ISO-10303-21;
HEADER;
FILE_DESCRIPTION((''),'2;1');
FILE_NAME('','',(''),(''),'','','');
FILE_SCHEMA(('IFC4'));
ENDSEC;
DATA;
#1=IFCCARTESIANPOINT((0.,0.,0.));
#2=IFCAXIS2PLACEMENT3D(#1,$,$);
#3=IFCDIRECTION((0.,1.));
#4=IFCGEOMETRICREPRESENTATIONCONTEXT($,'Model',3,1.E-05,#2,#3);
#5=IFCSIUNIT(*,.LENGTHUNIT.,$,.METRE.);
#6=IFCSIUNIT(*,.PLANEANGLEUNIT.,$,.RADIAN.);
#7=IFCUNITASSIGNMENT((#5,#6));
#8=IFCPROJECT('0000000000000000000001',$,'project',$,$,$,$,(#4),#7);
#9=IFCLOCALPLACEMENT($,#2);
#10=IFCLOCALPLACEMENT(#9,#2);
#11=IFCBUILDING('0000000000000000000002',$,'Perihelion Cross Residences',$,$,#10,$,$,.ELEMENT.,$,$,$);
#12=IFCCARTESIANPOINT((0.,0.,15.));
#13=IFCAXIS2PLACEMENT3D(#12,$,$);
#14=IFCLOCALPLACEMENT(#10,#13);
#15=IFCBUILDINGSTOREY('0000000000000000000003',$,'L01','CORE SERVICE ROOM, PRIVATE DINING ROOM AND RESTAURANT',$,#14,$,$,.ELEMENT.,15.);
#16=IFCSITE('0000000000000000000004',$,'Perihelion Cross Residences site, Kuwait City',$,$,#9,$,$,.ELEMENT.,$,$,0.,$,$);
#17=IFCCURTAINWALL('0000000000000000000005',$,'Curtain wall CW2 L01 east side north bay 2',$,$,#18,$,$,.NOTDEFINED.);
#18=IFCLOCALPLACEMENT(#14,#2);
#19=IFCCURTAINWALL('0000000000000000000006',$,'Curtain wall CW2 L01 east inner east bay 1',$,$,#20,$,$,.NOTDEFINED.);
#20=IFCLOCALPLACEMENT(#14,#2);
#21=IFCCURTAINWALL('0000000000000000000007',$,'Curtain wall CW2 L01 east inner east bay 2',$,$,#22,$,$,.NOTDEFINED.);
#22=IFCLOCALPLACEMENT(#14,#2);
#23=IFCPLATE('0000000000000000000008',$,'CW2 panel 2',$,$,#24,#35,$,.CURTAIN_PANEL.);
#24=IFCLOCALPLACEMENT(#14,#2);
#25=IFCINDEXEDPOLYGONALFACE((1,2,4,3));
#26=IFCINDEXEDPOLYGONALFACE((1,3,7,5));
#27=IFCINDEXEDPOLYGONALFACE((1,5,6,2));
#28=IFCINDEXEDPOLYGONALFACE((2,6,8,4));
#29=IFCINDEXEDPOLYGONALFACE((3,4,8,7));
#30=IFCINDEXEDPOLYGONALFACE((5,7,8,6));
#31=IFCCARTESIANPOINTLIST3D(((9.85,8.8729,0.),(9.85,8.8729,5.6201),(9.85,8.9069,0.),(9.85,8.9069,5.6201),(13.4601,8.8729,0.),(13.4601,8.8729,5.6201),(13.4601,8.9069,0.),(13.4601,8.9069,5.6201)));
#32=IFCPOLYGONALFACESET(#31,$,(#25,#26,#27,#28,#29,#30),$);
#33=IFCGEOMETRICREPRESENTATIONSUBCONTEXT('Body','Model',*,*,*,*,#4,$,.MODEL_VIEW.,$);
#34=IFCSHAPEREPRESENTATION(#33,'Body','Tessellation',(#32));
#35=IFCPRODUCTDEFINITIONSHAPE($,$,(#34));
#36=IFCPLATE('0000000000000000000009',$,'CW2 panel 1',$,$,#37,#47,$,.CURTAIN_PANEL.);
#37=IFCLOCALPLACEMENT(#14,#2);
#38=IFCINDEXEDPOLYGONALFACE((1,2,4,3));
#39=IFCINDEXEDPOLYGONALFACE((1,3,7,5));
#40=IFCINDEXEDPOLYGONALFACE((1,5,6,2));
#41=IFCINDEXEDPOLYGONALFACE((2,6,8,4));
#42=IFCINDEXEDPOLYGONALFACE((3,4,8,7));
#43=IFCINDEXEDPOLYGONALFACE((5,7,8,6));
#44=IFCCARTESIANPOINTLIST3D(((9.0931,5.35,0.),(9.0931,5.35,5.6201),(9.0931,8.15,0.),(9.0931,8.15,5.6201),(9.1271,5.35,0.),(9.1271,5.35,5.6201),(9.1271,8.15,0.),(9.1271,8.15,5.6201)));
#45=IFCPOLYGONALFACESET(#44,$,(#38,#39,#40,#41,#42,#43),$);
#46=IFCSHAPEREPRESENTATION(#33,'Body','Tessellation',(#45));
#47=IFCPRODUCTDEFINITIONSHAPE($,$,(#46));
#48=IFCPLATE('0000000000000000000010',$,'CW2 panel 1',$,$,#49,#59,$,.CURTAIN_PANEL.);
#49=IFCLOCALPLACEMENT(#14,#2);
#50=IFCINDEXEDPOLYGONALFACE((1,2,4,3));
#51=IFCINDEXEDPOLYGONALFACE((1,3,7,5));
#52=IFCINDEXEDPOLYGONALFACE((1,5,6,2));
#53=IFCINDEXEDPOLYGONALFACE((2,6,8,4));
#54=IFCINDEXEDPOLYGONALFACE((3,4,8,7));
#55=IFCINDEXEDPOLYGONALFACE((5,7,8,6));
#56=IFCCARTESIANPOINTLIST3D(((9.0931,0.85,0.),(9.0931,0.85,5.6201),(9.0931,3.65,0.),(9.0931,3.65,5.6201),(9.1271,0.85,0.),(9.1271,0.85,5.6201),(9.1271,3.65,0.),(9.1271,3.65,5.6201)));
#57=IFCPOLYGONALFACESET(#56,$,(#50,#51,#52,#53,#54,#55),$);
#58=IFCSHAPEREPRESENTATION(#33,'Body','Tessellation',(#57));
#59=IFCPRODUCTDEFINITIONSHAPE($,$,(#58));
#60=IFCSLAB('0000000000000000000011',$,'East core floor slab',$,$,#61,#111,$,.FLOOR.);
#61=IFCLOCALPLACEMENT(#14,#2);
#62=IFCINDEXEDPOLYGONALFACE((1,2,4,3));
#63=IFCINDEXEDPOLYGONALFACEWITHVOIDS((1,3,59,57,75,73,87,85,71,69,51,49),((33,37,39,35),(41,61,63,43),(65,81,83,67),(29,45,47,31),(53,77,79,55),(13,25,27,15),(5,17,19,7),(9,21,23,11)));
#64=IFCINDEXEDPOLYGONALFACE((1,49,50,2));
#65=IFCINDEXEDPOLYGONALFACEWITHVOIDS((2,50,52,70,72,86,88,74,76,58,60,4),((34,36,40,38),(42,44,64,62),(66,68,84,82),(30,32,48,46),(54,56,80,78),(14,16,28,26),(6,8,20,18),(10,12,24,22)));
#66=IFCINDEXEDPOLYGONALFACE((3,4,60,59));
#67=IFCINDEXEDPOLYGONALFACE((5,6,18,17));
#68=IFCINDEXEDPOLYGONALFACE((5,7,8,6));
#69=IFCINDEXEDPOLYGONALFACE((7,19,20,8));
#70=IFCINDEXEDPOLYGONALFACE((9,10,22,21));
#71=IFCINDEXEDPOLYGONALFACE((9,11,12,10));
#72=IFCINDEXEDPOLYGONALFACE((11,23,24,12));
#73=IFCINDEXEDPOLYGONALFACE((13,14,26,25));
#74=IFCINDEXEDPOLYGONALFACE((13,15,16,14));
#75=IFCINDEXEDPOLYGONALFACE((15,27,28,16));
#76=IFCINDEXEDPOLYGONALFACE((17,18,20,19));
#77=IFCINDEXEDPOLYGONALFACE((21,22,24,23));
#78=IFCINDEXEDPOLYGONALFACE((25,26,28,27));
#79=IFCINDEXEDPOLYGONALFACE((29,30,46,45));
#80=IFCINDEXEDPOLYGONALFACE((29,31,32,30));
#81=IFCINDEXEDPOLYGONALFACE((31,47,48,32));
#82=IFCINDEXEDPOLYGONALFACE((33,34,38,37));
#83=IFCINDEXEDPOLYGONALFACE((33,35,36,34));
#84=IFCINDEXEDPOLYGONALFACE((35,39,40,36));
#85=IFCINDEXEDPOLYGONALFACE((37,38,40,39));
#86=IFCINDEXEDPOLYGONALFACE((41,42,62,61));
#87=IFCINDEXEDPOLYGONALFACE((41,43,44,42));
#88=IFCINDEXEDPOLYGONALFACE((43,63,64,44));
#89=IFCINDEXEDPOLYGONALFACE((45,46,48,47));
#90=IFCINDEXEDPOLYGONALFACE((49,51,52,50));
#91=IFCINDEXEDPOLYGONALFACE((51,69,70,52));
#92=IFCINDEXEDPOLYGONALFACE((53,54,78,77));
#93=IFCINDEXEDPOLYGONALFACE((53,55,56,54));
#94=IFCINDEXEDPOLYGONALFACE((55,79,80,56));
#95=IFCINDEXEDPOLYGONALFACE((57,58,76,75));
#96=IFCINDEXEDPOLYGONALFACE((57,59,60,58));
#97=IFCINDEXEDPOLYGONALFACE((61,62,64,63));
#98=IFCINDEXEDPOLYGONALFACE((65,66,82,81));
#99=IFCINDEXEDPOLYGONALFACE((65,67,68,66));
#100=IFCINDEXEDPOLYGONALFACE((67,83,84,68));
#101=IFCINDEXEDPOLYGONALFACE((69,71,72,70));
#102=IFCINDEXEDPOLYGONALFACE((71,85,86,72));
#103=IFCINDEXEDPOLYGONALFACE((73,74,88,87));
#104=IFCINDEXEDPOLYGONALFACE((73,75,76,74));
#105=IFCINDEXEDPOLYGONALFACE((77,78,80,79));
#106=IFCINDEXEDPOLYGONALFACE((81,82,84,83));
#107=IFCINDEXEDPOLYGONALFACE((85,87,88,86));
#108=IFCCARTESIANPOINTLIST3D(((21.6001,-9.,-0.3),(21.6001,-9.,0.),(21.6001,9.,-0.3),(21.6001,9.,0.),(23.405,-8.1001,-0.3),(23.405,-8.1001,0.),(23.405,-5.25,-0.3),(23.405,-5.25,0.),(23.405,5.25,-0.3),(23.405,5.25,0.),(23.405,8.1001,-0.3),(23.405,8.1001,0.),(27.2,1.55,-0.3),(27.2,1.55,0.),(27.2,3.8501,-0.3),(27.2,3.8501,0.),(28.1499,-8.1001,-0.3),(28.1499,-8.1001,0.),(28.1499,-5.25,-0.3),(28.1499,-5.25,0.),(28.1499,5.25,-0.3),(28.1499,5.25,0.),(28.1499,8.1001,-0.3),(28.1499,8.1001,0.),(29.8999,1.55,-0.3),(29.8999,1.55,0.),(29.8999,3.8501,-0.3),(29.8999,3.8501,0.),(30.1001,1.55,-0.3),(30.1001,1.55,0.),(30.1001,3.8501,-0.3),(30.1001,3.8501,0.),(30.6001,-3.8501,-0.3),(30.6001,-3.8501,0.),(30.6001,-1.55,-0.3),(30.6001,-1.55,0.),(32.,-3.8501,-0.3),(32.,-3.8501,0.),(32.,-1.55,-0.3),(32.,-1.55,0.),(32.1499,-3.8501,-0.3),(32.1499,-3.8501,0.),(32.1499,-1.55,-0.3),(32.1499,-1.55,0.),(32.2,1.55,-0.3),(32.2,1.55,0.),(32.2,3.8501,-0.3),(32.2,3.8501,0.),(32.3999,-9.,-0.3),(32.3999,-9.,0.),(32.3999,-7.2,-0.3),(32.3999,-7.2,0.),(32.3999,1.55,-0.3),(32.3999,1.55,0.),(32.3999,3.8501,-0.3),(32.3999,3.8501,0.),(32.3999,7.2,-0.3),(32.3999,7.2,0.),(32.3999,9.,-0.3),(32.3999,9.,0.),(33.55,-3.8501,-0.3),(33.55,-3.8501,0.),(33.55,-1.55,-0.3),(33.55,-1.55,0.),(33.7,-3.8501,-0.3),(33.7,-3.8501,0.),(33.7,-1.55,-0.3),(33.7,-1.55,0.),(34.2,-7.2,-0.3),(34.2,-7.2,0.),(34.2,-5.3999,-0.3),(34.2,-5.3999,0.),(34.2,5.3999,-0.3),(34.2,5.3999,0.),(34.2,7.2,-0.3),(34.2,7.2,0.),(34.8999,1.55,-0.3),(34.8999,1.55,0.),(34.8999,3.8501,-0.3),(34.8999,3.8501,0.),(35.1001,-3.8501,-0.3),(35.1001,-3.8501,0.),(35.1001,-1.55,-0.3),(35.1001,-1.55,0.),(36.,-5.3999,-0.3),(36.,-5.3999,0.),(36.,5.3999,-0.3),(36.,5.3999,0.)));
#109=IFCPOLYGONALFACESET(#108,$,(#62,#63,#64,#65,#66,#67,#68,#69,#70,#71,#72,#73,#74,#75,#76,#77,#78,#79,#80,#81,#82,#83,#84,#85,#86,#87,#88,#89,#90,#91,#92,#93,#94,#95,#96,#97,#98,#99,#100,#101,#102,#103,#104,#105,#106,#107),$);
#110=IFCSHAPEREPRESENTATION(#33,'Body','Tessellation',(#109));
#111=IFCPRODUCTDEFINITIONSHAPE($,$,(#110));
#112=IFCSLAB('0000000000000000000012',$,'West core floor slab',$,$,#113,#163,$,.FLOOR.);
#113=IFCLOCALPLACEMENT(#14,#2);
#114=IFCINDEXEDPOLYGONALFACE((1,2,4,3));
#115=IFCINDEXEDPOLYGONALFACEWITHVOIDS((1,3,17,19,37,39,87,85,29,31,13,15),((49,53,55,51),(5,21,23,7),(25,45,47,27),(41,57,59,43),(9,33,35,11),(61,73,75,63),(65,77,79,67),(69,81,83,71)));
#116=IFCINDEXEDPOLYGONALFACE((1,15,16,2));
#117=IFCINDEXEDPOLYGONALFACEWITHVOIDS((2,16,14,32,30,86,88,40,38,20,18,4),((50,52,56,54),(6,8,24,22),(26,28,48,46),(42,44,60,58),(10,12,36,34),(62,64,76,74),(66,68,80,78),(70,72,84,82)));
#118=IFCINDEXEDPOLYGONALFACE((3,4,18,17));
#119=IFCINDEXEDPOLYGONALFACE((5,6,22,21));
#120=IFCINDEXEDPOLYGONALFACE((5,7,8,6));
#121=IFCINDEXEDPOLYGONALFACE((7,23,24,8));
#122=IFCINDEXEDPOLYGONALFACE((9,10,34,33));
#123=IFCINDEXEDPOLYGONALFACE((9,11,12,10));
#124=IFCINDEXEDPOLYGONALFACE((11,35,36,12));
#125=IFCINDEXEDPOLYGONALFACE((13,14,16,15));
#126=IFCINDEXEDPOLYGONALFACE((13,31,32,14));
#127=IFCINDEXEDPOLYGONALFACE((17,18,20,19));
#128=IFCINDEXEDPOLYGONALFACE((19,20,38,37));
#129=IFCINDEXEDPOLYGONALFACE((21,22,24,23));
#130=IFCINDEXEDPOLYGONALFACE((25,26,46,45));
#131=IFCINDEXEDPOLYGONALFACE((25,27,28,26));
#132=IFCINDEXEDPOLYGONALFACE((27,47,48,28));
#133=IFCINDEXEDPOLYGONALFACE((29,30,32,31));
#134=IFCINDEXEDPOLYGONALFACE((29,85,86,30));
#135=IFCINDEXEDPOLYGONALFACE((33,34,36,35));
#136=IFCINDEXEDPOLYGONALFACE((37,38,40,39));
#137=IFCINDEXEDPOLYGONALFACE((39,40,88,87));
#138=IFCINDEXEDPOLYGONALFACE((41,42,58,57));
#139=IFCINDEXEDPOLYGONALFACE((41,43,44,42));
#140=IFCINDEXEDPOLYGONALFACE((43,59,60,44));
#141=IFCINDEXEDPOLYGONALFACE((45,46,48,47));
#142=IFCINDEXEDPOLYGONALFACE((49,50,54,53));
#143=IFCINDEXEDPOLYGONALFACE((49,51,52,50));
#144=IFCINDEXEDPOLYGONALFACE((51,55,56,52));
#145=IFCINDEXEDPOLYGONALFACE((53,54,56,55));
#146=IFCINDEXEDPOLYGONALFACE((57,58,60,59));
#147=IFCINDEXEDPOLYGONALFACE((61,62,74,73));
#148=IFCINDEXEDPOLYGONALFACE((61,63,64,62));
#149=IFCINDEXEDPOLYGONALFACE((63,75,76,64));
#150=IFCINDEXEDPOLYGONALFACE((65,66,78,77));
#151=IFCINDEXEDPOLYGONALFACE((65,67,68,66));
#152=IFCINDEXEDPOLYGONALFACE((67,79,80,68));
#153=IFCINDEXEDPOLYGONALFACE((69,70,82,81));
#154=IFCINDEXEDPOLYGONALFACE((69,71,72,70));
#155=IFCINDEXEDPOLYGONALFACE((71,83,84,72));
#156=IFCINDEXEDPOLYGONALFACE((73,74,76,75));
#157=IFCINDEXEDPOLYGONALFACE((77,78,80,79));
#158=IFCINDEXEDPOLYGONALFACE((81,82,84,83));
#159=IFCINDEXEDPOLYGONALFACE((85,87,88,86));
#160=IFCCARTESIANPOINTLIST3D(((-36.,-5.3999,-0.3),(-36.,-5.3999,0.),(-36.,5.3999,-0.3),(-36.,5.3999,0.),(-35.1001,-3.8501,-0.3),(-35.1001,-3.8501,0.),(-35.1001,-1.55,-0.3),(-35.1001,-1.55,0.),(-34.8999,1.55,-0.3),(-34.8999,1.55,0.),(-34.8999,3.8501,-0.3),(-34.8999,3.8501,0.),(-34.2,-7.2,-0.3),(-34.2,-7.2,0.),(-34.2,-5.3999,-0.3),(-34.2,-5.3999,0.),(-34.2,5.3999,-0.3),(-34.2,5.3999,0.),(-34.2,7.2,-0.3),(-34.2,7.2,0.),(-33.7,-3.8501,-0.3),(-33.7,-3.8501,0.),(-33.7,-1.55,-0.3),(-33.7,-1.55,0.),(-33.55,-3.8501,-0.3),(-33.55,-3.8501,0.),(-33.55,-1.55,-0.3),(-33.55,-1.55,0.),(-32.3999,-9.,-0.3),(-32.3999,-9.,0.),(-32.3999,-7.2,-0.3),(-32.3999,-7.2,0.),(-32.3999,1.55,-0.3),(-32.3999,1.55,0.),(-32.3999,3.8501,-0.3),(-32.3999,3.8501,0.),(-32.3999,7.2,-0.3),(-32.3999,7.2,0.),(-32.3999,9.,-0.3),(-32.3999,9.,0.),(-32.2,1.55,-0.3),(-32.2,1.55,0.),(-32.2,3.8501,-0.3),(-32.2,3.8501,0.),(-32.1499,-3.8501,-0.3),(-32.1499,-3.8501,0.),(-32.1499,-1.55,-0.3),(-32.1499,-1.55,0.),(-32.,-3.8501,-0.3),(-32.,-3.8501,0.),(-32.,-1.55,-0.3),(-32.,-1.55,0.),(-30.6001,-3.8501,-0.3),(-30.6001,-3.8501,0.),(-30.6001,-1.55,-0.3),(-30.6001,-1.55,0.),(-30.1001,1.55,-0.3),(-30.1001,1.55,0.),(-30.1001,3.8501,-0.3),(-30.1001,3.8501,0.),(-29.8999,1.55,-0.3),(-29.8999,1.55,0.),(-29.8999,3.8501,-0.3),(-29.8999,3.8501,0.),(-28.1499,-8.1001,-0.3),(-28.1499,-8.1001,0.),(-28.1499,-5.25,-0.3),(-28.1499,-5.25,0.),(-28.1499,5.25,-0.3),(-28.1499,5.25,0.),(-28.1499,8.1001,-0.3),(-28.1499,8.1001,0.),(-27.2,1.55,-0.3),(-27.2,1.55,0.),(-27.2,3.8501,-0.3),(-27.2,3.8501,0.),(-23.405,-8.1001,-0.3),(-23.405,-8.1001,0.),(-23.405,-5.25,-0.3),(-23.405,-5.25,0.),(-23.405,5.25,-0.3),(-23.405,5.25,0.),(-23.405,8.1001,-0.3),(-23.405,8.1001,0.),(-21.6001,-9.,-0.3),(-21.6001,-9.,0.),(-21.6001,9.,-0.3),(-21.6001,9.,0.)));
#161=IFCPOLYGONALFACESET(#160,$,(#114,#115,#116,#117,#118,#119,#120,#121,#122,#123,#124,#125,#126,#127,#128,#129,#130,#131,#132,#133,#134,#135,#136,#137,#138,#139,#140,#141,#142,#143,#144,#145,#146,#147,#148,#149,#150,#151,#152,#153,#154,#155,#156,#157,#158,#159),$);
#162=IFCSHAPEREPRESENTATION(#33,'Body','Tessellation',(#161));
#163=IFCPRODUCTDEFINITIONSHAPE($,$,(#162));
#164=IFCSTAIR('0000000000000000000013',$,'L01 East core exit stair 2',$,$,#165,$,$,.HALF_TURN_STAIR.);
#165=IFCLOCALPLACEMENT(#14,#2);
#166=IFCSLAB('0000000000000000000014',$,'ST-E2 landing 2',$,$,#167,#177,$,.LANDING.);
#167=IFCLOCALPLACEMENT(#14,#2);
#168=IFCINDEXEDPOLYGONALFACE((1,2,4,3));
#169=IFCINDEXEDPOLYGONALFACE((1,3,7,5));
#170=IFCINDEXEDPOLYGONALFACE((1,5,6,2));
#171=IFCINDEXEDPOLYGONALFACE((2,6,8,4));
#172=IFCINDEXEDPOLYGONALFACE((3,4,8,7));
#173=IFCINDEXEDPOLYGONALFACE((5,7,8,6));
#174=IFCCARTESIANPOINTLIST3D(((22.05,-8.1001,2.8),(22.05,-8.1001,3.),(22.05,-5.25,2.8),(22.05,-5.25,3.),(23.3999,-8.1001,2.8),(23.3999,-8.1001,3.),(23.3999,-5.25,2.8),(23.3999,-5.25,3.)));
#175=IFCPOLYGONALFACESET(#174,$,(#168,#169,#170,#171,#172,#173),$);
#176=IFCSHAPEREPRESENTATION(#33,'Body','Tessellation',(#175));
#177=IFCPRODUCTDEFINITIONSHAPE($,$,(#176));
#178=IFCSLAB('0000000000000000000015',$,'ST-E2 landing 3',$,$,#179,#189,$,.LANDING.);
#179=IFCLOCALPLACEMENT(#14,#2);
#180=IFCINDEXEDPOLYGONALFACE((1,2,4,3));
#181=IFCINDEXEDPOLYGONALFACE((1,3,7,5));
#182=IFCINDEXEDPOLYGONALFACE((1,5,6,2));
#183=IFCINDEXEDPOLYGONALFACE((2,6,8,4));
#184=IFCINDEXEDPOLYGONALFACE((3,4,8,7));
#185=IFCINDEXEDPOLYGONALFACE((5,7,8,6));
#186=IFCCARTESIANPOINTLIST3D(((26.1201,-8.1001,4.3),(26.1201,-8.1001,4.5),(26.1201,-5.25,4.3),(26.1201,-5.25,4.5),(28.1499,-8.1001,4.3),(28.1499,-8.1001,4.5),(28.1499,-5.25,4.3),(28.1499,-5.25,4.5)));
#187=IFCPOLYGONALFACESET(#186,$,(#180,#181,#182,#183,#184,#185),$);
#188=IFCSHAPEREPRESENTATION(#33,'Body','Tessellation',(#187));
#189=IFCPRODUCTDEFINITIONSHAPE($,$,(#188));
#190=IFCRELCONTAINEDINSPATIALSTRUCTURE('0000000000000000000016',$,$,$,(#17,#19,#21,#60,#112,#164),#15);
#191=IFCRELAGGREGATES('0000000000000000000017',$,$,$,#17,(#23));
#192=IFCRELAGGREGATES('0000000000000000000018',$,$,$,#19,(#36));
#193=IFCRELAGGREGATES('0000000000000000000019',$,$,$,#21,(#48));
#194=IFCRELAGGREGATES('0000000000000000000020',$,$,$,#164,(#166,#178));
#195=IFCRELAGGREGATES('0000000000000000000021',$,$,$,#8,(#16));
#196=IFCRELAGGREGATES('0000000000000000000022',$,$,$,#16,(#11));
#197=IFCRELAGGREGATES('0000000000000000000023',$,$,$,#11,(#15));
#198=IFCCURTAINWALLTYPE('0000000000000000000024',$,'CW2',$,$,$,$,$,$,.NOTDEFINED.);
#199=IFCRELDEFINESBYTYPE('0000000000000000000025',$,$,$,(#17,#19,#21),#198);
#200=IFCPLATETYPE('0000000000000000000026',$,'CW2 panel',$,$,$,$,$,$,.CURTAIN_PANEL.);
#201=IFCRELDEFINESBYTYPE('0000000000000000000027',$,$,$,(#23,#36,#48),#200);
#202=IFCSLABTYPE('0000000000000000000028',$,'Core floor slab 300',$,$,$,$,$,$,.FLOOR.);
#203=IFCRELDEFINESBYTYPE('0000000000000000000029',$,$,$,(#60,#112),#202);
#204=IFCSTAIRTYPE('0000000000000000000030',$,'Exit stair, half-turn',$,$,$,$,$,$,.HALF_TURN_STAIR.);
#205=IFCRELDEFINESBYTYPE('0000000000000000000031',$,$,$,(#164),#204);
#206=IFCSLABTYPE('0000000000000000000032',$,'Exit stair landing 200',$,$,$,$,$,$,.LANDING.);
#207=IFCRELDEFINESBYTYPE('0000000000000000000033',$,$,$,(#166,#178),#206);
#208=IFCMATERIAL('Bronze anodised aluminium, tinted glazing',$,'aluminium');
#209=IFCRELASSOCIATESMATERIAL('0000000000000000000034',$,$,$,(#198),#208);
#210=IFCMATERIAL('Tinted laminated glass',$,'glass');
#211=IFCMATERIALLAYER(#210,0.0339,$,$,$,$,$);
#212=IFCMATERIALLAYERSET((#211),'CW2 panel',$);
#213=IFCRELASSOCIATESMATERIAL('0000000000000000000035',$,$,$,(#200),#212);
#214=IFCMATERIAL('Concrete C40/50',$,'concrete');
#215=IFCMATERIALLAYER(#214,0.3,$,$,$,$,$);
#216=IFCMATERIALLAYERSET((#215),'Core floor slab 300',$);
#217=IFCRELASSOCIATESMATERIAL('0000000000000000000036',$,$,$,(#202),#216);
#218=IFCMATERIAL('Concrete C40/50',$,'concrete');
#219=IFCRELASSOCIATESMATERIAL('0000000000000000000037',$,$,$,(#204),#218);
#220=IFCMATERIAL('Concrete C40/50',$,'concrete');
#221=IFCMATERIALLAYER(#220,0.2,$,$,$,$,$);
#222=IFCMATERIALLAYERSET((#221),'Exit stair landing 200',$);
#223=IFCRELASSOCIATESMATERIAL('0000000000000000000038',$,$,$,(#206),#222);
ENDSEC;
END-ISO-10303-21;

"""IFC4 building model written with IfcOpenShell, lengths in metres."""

from ifc_helpers import new_model, si_unit, direction, frame, origin, origin_2d, place, context, subcontext, project, spatial, polyline, rectangle, outline, extrude, material, layer, layer_set, type_object, element, aggregate, save


model = new_model("IFC4")

# Units and contexts
model_context = context("Model", 3, precision=1e-05, world=origin(), true_north=direction((0.0, 1.0)))
body_context = subcontext(model_context, "Body", "Model", "MODEL_VIEW")
ifc_project = project(units=[si_unit("LENGTHUNIT", "METRE"), si_unit("PLANEANGLEUNIT", "RADIAN")], contexts=[model_context])

# Site, building, storey
site_placement = place(None, origin())
site = spatial("IfcSite", under=ifc_project, at=site_placement, Name="Perihelion Cross Residences site, Kuwait City", CompositionType="ELEMENT", RefElevation=0.0)
building_placement = place(site_placement, origin())
building = spatial("IfcBuilding", under=site, at=building_placement, Name="Perihelion Cross Residences", CompositionType="ELEMENT")
storey_placement = place(building_placement, frame((0.0, 0.0, 15.0)))
storey = spatial("IfcBuildingStorey", under=building, at=storey_placement, Name="L01", Description="CORE SERVICE ROOM, PRIVATE DINING ROOM AND RESTAURANT", CompositionType="ELEMENT", Elevation=15.0)

# Curtain walls
ifc_material_1 = material(Name="Bronze anodised aluminium, tinted glazing", Category="aluminium")
curtain_wall_type = type_object("IfcCurtainWallType", Name="CW2", PredefinedType="NOTDEFINED", material=ifc_material_1)
curtain_wall_1_placement = place(storey_placement, origin())
curtain_wall_1 = element("IfcCurtainWall", 1, at=curtain_wall_1_placement, inside=storey, type_object=curtain_wall_type, Name="Curtain wall CW2 L01 east side north bay 2", PredefinedType="NOTDEFINED")
curtain_wall_2_placement = place(storey_placement, origin())
curtain_wall_2 = element("IfcCurtainWall", 2, at=curtain_wall_2_placement, inside=storey, type_object=curtain_wall_type, Name="Curtain wall CW2 L01 east inner east bay 1", PredefinedType="NOTDEFINED")
curtain_wall_3_placement = place(storey_placement, origin())
curtain_wall_3 = element("IfcCurtainWall", 3, at=curtain_wall_3_placement, inside=storey, type_object=curtain_wall_type, Name="Curtain wall CW2 L01 east inner east bay 2", PredefinedType="NOTDEFINED")

# Plates
ifc_material_2 = material(Name="Tinted laminated glass", Category="glass")
ifc_layer_1 = layer(ifc_material_2, 0.0339)
ifc_layer_set_1 = layer_set([ifc_layer_1], Name="CW2 panel")
plate_type = type_object("IfcPlateType", Name="CW2 panel", PredefinedType="CURTAIN_PANEL", material=ifc_layer_set_1)
plate_1_placement = place(storey_placement, frame((11.655, 8.8899, 0.0), z_axis=(0.0, 0.0, 1.0), x_axis=(-1.0, 0.0, 0.0)))
plate_1 = element("IfcPlate", 4, at=plate_1_placement, type_object=plate_type, Name="CW2 panel 2", PredefinedType="CURTAIN_PANEL", context=body_context, shape_type="SweptSolid", body=[
    extrude(rectangle(XDim=3.6101, YDim=0.0339, at=origin_2d()), origin(), (0.0, 0.0, 1.0), 5.6201),
])
aggregate(curtain_wall_1, [plate_1])
plate_2_placement = place(storey_placement, frame((9.1101, 6.75, 0.0), z_axis=(0.0, 0.0, 1.0), x_axis=(0.0, -1.0, 0.0)))
plate_2 = element("IfcPlate", 5, at=plate_2_placement, type_object=plate_type, Name="CW2 panel 1", PredefinedType="CURTAIN_PANEL", context=body_context, shape_type="SweptSolid", body=[
    extrude(rectangle(XDim=2.8, YDim=0.0339, at=origin_2d()), origin(), (0.0, 0.0, 1.0), 5.6201),
])
aggregate(curtain_wall_2, [plate_2])
plate_3_placement = place(storey_placement, frame((9.1101, 2.25, 0.0), z_axis=(0.0, 0.0, 1.0), x_axis=(0.0, -1.0, 0.0)))
plate_3 = element("IfcPlate", 6, at=plate_3_placement, type_object=plate_type, Name="CW2 panel 1", PredefinedType="CURTAIN_PANEL", context=body_context, shape_type="SweptSolid", body=[
    extrude(rectangle(XDim=2.8, YDim=0.0339, at=origin_2d()), origin(), (0.0, 0.0, 1.0), 5.6201),
])
aggregate(curtain_wall_3, [plate_3])

# Slabs
ifc_material_3 = material(Name="Concrete C40/50", Category="concrete")
ifc_layer_2 = layer(ifc_material_3, 0.3)
ifc_layer_set_2 = layer_set([ifc_layer_2], Name="Core floor slab 300")
slab_type_1 = type_object("IfcSlabType", Name="Core floor slab 300", PredefinedType="FLOOR", material=ifc_layer_set_2)
slab_1_placement = place(storey_placement, frame((0.0, 0.0, -0.3)))
element("IfcSlab", 7, at=slab_1_placement, inside=storey, type_object=slab_type_1, Name="East core floor slab", PredefinedType="FLOOR", context=body_context, shape_type="SweptSolid", body=[
    extrude(outline(polyline([(32.3999, 7.2), (34.2, 7.2), (34.2, 5.3999), (36.0, 5.3999), (36.0, -5.3999), (34.2, -5.3999), (34.2, -7.2), (32.3999, -7.2), (32.3999, -9.0), (21.6001, -9.0), (21.6001, 9.0), (32.3999, 9.0), (32.3999, 7.2)]), holes=[polyline([(23.405, -8.1001), (28.1499, -8.1001), (28.1499, -5.25), (23.405, -5.25), (23.405, -8.1001)]), polyline([(30.6001, -1.55), (30.6001, -3.8501), (32.0, -3.8501), (32.0, -1.55), (30.6001, -1.55)]), polyline([(32.1499, -1.55), (32.1499, -3.8501), (33.55, -3.8501), (33.55, -1.55), (32.1499, -1.55)]), polyline([(33.7, -1.55), (33.7, -3.8501), (35.1001, -3.8501), (35.1001, -1.55), (33.7, -1.55)]), polyline([(27.2, 3.8501), (27.2, 1.55), (29.8999, 1.55), (29.8999, 3.8501), (27.2, 3.8501)]), polyline([(30.1001, 3.8501), (30.1001, 1.55), (32.2, 1.55), (32.2, 3.8501), (30.1001, 3.8501)]), polyline([(32.3999, 3.8501), (32.3999, 1.55), (34.8999, 1.55), (34.8999, 3.8501), (32.3999, 3.8501)]), polyline([(23.405, 5.25), (28.1499, 5.25), (28.1499, 8.1001), (23.405, 8.1001), (23.405, 5.25)])]), origin(), (0.0, 0.0, 1.0), 0.3),
])
slab_2_placement = place(storey_placement, frame((0.0, 0.0, -0.3)))
element("IfcSlab", 8, at=slab_2_placement, inside=storey, type_object=slab_type_1, Name="West core floor slab", PredefinedType="FLOOR", context=body_context, shape_type="SweptSolid", body=[
    extrude(outline(polyline([(-32.3999, 7.2), (-34.2, 7.2), (-34.2, 5.3999), (-36.0, 5.3999), (-36.0, -5.3999), (-34.2, -5.3999), (-34.2, -7.2), (-32.3999, -7.2), (-32.3999, -9.0), (-21.6001, -9.0), (-21.6001, 9.0), (-32.3999, 9.0), (-32.3999, 7.2)]), holes=[polyline([(-23.405, -8.1001), (-28.1499, -8.1001), (-28.1499, -5.25), (-23.405, -5.25), (-23.405, -8.1001)]), polyline([(-30.6001, -1.55), (-30.6001, -3.8501), (-32.0, -3.8501), (-32.0, -1.55), (-30.6001, -1.55)]), polyline([(-32.1499, -1.55), (-32.1499, -3.8501), (-33.55, -3.8501), (-33.55, -1.55), (-32.1499, -1.55)]), polyline([(-33.7, -1.55), (-33.7, -3.8501), (-35.1001, -3.8501), (-35.1001, -1.55), (-33.7, -1.55)]), polyline([(-27.2, 3.8501), (-27.2, 1.55), (-29.8999, 1.55), (-29.8999, 3.8501), (-27.2, 3.8501)]), polyline([(-30.1001, 3.8501), (-30.1001, 1.55), (-32.2, 1.55), (-32.2, 3.8501), (-30.1001, 3.8501)]), polyline([(-32.3999, 3.8501), (-32.3999, 1.55), (-34.8999, 1.55), (-34.8999, 3.8501), (-32.3999, 3.8501)]), polyline([(-23.405, 5.25), (-28.1499, 5.25), (-28.1499, 8.1001), (-23.405, 8.1001), (-23.405, 5.25)])]), origin(), (0.0, 0.0, 1.0), 0.3),
])

# Stair, slabs
ifc_material_4 = material(Name="Concrete C40/50", Category="concrete")
stair_type = type_object("IfcStairType", Name="Exit stair, half-turn", PredefinedType="HALF_TURN_STAIR", material=ifc_material_4)
stair_1_placement = place(storey_placement, origin())
stair_1 = element("IfcStair", 9, at=stair_1_placement, inside=storey, type_object=stair_type, Name="L01 East core exit stair 2", PredefinedType="HALF_TURN_STAIR")
ifc_material_5 = material(Name="Concrete C40/50", Category="concrete")
ifc_layer_3 = layer(ifc_material_5, 0.2)
ifc_layer_set_3 = layer_set([ifc_layer_3], Name="Exit stair landing 200")
slab_type_2 = type_object("IfcSlabType", Name="Exit stair landing 200", PredefinedType="LANDING", material=ifc_layer_set_3)
slab_3_placement = place(storey_placement, frame((0.0, 0.0, 2.8)))
slab_3 = element("IfcSlab", 10, at=slab_3_placement, type_object=slab_type_2, Name="ST-E2 landing 2", PredefinedType="LANDING", context=body_context, shape_type="SweptSolid", body=[
    extrude(outline(polyline([(22.05, -8.1001), (23.3999, -8.1001), (23.3999, -5.25), (22.05, -5.25), (22.05, -8.1001)])), origin(), (0.0, 0.0, 1.0), 0.2),
])
slab_4_placement = place(storey_placement, frame((0.0, 0.0, 4.3)))
slab_4 = element("IfcSlab", 11, at=slab_4_placement, type_object=slab_type_2, Name="ST-E2 landing 3", PredefinedType="LANDING", context=body_context, shape_type="SweptSolid", body=[
    extrude(outline(polyline([(26.1201, -8.1001), (28.1499, -8.1001), (28.1499, -5.25), (26.1201, -5.25), (26.1201, -8.1001)])), origin(), (0.0, 0.0, 1.0), 0.2),
])
aggregate(stair_1, [slab_3, slab_4])

save(model, "model.ifc")
